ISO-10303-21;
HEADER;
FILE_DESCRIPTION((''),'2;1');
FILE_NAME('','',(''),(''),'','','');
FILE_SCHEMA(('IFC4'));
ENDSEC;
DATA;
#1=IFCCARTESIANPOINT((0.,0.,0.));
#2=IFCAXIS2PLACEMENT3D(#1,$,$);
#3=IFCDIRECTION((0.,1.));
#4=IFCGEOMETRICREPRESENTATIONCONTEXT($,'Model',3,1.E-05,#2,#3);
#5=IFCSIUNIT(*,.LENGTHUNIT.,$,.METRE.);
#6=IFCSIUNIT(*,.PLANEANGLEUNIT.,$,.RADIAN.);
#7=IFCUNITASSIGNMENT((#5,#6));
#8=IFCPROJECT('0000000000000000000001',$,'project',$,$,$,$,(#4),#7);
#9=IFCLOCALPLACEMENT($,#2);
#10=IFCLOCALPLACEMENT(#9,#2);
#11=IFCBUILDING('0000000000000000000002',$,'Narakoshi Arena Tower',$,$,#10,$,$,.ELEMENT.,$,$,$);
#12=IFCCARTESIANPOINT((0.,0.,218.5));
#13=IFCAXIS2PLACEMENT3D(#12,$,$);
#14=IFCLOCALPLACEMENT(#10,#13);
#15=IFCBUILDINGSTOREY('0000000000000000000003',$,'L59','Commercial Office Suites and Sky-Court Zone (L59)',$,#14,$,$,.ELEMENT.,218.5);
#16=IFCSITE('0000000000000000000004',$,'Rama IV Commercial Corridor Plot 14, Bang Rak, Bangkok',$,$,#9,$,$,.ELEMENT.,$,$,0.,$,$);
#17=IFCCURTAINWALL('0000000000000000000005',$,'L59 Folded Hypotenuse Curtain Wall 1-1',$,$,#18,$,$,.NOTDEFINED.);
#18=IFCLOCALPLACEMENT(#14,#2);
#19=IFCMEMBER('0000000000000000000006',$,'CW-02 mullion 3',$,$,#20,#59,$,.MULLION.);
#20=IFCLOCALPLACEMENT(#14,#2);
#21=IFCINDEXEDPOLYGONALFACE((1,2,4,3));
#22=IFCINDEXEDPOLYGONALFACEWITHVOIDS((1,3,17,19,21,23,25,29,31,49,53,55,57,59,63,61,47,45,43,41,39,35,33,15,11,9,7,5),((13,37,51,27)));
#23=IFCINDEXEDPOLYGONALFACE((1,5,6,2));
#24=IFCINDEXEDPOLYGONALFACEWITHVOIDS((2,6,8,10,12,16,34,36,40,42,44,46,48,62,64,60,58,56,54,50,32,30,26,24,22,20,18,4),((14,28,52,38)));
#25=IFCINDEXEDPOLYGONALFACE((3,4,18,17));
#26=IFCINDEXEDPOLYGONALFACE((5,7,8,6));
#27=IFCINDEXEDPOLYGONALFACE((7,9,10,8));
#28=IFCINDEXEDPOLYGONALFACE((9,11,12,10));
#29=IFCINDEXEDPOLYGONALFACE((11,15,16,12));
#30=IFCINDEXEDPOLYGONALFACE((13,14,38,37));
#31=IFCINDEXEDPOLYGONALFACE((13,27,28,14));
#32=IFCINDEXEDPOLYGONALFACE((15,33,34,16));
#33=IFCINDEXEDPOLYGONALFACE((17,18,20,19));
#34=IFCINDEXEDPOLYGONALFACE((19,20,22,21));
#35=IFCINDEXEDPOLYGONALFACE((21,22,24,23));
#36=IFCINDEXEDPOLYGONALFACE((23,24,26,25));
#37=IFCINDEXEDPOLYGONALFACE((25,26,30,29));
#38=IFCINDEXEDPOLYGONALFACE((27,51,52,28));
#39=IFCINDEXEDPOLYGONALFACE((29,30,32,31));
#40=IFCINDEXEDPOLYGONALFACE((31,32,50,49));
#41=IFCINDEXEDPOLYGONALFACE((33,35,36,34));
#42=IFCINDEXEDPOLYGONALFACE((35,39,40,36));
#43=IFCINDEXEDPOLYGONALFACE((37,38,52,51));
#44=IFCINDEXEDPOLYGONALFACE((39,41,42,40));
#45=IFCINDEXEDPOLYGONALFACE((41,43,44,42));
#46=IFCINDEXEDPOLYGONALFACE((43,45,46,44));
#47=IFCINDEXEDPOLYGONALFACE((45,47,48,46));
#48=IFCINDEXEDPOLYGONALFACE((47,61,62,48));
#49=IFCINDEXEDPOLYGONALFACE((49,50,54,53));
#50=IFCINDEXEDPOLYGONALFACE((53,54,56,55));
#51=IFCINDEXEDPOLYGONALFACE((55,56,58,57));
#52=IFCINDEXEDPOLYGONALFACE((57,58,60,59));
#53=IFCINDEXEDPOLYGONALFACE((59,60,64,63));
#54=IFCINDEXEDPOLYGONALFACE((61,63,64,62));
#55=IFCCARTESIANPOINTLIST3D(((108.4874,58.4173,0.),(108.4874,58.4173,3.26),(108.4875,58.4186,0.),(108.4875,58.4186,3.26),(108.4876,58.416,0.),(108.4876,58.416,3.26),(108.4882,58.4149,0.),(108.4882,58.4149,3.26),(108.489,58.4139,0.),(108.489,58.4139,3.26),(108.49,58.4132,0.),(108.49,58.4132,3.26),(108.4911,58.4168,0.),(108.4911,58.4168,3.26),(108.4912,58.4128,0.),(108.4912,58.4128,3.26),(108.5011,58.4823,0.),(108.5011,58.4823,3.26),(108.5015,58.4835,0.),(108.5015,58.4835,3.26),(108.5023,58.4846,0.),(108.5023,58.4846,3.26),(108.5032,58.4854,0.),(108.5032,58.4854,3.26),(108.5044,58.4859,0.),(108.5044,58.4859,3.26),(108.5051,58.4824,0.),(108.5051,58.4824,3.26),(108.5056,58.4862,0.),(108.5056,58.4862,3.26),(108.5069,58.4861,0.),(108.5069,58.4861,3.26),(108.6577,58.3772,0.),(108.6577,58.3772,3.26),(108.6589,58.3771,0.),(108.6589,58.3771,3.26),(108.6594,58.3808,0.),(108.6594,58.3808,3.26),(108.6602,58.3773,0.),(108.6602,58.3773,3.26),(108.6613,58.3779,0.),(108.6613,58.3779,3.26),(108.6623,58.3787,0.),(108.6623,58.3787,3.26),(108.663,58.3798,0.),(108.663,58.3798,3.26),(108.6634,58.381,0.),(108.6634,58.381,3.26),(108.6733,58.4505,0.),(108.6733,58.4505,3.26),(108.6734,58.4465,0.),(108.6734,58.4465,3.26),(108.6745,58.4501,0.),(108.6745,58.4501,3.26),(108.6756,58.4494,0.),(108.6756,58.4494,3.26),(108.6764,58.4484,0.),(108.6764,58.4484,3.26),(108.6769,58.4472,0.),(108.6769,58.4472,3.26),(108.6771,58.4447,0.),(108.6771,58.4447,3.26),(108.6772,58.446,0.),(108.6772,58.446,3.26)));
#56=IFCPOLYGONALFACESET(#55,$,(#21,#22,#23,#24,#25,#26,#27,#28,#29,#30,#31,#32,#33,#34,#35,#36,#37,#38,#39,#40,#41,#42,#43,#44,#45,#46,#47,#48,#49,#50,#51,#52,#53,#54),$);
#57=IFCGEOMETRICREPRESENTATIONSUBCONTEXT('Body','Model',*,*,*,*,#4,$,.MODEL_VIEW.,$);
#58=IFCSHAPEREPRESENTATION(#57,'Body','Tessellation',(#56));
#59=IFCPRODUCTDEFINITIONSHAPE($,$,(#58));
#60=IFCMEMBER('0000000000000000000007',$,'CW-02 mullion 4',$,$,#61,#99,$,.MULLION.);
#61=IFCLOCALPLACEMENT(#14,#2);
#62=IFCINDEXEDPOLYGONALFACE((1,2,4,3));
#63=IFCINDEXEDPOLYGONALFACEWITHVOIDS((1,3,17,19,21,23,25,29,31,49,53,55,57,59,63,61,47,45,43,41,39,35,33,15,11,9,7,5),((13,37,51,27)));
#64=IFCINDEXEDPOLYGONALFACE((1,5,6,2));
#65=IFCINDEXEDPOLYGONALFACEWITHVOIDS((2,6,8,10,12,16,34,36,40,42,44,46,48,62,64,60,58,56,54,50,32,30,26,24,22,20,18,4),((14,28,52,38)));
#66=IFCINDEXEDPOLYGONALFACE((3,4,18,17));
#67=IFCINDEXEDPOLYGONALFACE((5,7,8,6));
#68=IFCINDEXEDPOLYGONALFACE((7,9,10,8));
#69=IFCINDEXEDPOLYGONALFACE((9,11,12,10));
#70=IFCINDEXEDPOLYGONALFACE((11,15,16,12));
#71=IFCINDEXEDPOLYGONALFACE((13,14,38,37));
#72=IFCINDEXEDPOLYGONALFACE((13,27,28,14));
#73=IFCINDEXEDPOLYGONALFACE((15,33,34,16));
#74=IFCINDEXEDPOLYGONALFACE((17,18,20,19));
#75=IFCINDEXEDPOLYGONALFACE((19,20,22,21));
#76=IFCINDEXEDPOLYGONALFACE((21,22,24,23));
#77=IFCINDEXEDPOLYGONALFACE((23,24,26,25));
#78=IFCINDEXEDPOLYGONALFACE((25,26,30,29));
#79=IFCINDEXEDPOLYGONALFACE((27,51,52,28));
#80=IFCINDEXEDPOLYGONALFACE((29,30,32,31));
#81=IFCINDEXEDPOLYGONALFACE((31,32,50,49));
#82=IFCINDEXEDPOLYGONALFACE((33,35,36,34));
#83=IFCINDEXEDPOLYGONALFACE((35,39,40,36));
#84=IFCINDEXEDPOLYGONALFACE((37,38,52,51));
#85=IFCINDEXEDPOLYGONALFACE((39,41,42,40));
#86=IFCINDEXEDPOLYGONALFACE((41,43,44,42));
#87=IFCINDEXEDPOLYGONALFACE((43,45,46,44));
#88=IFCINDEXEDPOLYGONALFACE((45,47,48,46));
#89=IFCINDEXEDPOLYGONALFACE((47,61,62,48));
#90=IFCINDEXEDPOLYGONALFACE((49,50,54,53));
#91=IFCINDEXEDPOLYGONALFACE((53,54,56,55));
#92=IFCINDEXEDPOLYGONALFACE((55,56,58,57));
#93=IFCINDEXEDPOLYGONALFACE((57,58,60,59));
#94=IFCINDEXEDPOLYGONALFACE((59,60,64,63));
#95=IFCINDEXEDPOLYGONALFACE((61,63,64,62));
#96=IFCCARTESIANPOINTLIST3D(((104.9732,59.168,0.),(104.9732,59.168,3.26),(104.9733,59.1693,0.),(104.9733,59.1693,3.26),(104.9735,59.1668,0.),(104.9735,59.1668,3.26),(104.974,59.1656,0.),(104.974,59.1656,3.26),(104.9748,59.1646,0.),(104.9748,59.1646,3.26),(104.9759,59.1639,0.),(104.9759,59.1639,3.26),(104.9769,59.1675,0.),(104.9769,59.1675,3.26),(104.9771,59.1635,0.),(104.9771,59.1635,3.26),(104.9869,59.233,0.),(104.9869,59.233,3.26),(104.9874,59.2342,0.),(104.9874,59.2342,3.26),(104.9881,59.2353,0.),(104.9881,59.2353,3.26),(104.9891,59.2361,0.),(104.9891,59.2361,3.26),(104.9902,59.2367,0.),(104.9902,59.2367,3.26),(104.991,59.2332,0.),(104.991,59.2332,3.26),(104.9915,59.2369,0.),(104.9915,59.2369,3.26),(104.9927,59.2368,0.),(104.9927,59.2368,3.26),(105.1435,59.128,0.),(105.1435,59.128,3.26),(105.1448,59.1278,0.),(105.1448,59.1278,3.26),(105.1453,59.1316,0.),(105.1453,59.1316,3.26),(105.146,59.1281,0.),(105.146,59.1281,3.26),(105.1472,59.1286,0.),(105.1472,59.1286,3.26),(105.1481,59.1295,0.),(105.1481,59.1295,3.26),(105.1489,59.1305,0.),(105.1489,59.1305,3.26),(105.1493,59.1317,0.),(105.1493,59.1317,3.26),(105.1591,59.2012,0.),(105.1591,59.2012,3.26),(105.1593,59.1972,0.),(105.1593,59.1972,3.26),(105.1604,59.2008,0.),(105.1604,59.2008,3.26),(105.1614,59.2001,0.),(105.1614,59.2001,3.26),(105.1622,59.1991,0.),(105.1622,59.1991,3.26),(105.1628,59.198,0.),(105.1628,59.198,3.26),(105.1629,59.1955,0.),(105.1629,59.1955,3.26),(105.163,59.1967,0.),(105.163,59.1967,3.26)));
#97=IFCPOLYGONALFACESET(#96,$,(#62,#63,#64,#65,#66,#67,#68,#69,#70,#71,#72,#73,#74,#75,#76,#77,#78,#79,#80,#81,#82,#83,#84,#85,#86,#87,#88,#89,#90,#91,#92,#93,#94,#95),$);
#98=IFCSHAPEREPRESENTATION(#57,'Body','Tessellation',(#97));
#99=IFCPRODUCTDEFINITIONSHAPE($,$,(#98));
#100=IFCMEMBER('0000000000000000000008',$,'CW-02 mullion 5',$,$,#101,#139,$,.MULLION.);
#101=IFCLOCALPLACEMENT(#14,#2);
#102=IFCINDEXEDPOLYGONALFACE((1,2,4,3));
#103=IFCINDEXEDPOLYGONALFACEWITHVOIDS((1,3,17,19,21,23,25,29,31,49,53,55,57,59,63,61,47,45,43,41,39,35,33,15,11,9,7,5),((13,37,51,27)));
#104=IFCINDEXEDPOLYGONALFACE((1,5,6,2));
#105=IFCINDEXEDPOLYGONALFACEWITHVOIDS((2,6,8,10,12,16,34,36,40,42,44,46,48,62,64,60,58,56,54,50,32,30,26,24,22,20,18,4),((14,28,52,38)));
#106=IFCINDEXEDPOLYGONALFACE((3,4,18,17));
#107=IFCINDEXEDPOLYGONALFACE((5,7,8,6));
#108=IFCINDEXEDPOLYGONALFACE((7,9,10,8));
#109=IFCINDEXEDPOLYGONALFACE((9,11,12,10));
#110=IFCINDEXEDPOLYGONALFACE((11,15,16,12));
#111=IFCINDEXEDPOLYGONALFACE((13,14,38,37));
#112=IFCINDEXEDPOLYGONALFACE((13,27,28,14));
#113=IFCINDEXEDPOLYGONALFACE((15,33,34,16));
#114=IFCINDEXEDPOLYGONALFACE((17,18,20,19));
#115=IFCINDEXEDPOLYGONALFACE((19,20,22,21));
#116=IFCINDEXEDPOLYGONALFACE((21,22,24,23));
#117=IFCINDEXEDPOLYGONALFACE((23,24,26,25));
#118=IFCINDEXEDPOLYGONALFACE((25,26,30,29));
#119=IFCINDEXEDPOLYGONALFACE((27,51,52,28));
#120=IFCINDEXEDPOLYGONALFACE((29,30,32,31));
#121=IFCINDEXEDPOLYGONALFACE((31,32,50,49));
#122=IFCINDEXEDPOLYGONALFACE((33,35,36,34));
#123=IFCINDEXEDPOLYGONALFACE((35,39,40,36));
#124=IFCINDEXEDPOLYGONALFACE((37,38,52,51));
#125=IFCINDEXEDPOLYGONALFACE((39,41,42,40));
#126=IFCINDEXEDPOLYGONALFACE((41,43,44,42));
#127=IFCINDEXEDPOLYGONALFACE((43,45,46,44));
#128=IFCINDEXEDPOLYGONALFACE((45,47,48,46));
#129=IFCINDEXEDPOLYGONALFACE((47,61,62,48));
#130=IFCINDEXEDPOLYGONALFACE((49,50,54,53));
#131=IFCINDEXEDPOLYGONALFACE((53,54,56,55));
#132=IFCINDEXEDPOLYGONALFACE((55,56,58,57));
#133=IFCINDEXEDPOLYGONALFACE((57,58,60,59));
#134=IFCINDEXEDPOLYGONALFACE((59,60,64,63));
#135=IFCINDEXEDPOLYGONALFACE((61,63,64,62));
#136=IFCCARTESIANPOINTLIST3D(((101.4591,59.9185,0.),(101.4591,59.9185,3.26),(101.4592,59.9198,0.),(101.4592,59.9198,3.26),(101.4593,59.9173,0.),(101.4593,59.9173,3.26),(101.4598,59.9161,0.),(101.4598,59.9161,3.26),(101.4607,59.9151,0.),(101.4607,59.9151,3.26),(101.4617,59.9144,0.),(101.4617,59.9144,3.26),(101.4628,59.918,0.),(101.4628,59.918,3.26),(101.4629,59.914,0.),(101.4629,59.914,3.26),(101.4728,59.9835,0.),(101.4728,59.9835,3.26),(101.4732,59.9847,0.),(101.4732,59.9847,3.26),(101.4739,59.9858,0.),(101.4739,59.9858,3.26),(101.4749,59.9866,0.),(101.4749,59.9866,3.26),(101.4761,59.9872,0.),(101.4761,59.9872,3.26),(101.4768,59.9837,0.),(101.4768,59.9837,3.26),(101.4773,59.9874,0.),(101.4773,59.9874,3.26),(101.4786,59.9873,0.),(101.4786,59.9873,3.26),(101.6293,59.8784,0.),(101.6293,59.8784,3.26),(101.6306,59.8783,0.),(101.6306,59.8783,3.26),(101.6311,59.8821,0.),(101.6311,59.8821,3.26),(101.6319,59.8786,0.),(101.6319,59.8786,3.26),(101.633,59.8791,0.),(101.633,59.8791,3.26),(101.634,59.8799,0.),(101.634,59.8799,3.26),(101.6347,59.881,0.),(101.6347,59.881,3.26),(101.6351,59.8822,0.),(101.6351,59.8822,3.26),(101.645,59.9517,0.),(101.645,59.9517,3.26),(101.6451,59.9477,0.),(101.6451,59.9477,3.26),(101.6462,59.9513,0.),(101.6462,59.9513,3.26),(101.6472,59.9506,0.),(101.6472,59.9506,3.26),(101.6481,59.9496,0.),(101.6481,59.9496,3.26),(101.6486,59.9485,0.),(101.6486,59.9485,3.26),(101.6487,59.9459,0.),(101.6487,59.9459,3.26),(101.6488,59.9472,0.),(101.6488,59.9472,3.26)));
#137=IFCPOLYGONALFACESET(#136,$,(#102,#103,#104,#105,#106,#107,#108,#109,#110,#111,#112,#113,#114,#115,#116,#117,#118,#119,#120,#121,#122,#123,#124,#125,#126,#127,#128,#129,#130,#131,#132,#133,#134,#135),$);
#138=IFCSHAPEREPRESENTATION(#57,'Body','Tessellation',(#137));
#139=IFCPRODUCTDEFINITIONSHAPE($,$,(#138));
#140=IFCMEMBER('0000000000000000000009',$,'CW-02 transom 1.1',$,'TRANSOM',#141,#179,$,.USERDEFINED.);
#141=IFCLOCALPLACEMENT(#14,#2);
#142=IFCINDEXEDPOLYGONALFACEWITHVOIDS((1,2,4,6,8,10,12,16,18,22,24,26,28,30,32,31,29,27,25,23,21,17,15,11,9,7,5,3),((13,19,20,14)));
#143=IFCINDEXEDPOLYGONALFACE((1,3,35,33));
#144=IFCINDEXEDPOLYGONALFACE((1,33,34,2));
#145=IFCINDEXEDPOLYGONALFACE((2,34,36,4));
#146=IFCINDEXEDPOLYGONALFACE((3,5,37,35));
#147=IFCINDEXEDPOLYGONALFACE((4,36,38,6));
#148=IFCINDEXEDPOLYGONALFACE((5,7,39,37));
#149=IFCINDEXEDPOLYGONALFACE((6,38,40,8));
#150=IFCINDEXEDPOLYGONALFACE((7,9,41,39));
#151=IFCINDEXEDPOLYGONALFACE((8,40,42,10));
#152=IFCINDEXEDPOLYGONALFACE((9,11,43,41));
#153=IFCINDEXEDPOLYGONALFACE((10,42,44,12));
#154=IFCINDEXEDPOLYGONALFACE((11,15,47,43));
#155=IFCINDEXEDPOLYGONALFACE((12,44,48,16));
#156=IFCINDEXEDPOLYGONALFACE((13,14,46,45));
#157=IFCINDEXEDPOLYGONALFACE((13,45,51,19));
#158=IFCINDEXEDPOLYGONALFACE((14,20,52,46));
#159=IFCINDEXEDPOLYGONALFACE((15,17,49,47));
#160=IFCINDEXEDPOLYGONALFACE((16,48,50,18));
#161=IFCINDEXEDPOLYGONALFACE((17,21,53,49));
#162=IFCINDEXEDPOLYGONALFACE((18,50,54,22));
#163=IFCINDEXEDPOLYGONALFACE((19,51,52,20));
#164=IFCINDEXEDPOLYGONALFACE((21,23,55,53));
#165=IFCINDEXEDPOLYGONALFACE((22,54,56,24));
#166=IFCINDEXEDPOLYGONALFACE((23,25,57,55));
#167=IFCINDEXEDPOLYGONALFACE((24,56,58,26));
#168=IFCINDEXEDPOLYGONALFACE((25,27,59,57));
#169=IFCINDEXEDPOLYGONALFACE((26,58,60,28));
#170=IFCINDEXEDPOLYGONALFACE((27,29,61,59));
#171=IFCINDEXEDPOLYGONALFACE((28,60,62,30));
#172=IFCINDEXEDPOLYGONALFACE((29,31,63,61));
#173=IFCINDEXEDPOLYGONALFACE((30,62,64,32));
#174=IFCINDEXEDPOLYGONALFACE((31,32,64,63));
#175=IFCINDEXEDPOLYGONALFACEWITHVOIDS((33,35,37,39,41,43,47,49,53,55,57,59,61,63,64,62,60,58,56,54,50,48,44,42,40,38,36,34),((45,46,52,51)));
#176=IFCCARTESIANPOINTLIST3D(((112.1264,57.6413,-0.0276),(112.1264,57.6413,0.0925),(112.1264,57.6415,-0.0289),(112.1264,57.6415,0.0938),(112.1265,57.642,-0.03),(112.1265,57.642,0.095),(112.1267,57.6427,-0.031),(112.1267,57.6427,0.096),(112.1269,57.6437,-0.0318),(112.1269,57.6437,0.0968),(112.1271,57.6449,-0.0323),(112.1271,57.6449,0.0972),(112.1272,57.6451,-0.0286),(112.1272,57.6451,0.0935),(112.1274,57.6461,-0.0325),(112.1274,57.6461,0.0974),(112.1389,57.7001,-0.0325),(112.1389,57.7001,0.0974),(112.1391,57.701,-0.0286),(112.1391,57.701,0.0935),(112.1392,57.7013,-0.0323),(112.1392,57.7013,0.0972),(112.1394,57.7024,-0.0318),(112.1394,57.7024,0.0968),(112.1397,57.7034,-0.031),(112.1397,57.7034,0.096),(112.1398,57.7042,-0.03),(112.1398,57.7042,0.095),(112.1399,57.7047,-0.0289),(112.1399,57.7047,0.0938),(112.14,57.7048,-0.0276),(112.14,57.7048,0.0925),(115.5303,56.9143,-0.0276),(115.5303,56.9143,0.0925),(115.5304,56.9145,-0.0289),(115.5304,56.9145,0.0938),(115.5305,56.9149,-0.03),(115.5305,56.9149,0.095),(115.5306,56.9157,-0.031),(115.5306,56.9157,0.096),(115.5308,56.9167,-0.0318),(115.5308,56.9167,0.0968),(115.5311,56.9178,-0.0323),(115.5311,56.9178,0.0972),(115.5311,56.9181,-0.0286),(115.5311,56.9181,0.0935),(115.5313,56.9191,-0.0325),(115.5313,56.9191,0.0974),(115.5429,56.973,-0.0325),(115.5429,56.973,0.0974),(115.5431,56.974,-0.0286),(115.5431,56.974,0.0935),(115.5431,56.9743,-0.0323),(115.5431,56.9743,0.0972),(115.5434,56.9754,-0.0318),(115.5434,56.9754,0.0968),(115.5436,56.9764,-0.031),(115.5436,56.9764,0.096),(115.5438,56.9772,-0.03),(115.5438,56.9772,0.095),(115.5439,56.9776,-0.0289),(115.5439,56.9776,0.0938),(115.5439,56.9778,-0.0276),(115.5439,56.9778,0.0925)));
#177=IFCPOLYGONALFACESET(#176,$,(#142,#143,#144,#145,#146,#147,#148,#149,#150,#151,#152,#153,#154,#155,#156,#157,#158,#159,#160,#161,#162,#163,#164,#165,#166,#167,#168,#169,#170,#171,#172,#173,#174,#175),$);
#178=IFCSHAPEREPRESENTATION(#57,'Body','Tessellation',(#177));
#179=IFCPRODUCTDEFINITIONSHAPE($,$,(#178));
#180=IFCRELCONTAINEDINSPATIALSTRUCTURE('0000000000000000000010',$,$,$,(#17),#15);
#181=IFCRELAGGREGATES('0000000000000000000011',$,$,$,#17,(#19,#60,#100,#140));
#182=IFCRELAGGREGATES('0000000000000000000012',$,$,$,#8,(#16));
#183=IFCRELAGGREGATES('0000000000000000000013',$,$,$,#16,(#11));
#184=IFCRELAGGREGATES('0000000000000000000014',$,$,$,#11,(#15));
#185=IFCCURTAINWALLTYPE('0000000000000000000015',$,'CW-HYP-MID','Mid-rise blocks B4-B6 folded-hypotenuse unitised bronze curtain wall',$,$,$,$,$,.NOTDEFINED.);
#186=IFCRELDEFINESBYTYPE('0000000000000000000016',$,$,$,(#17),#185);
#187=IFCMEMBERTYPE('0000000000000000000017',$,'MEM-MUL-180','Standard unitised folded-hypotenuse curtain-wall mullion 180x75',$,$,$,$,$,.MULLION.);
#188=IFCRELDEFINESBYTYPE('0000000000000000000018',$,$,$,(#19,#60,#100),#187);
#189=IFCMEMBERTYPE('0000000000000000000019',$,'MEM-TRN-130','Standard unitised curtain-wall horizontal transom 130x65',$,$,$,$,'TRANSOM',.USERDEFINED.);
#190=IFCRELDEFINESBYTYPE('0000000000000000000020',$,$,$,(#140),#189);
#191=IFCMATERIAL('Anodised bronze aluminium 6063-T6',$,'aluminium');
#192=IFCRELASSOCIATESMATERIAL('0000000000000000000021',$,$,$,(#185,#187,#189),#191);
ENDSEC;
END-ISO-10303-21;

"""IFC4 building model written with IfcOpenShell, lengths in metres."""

from ifc_helpers import new_model, si_unit, direction, frame, origin, origin_2d, place, context, subcontext, project, spatial, hollow_rectangle, extrude, material, material_profile, profile_set, type_object, element, aggregate, save


model = new_model("IFC4")

# Units and contexts
model_context = context("Model", 3, precision=1e-05, world=origin(), true_north=direction((0.0, 1.0)))
body_context = subcontext(model_context, "Body", "Model", "MODEL_VIEW")
ifc_project = project(units=[si_unit("LENGTHUNIT", "METRE"), si_unit("PLANEANGLEUNIT", "RADIAN")], contexts=[model_context])

# Site, building, storey
site_placement = place(None, origin())
site = spatial("IfcSite", under=ifc_project, at=site_placement, Name="Rama IV Commercial Corridor Plot 14, Bang Rak, Bangkok", CompositionType="ELEMENT", RefElevation=0.0)
building_placement = place(site_placement, origin())
building = spatial("IfcBuilding", under=site, at=building_placement, Name="Narakoshi Arena Tower", CompositionType="ELEMENT")
storey_placement = place(building_placement, frame((0.0, 0.0, 218.5)))
storey = spatial("IfcBuildingStorey", under=building, at=storey_placement, Name="L59", Description="Commercial Office Suites and Sky-Court Zone (L59)", CompositionType="ELEMENT", Elevation=218.5)

# Curtain wall, members
ifc_material_1 = material(Name="Anodised bronze aluminium 6063-T6", Category="aluminium")
curtain_wall_type = type_object("IfcCurtainWallType", Name="CW-HYP-MID", Description="Mid-rise blocks B4-B6 folded-hypotenuse unitised bronze curtain wall", PredefinedType="NOTDEFINED", material=ifc_material_1)
curtain_wall_placement = place(storey_placement, origin())
curtain_wall = element("IfcCurtainWall", 1, at=curtain_wall_placement, inside=storey, type_object=curtain_wall_type, Name="L59 Folded Hypotenuse Curtain Wall 1-1", PredefinedType="NOTDEFINED")
ifc_material_profile_1 = material_profile(ifc_material_1, hollow_rectangle(XDim=0.075, YDim=0.1799, WallThickness=0.0039, OuterFilletRadius=0.0049, at=origin_2d()), Name="MUL180x75x4")
ifc_profile_set_1 = profile_set([ifc_material_profile_1], Name="Anodised bronze aluminium 6063-T6")
member_type_1 = type_object("IfcMemberType", Name="MEM-MUL-180", Description="Standard unitised folded-hypotenuse curtain-wall mullion 180x75", PredefinedType="MULLION", material=ifc_profile_set_1)
member_1_placement = place(storey_placement, frame((108.5823, 58.4316, 0.0), z_axis=(0.0, 0.0, 1.0), x_axis=(-0.208899, -0.977937, 0.0)))
member_1 = element("IfcMember", 2, at=member_1_placement, type_object=member_type_1, Name="CW-02 mullion 3", PredefinedType="MULLION", context=body_context, shape_type="SweptSolid", body=[
    extrude(hollow_rectangle(XDim=0.075, YDim=0.1799, WallThickness=0.0039, OuterFilletRadius=0.0049, at=origin_2d()), origin(), (0.0, 0.0, 1.0), 3.26),
])
member_2_placement = place(storey_placement, frame((105.0681, 59.1824, 0.0), z_axis=(0.0, 0.0, 1.0), x_axis=(-0.208899, -0.977937, 0.0)))
member_2 = element("IfcMember", 3, at=member_2_placement, type_object=member_type_1, Name="CW-02 mullion 4", PredefinedType="MULLION", context=body_context, shape_type="SweptSolid", body=[
    extrude(hollow_rectangle(XDim=0.075, YDim=0.1799, WallThickness=0.0039, OuterFilletRadius=0.0049, at=origin_2d()), origin(), (0.0, 0.0, 1.0), 3.26),
])
member_3_placement = place(storey_placement, frame((101.554, 59.9329, 0.0), z_axis=(0.0, 0.0, 1.0), x_axis=(-0.208899, -0.977937, 0.0)))
member_3 = element("IfcMember", 4, at=member_3_placement, type_object=member_type_1, Name="CW-02 mullion 5", PredefinedType="MULLION", context=body_context, shape_type="SweptSolid", body=[
    extrude(hollow_rectangle(XDim=0.075, YDim=0.1799, WallThickness=0.0039, OuterFilletRadius=0.0049, at=origin_2d()), origin(), (0.0, 0.0, 1.0), 3.26),
])
ifc_material_profile_2 = material_profile(ifc_material_1, hollow_rectangle(XDim=0.0649, YDim=0.1299, WallThickness=0.0039, OuterFilletRadius=0.0049, at=origin_2d()), Name="TRN130x65x4")
ifc_profile_set_2 = profile_set([ifc_material_profile_2], Name="Anodised bronze aluminium 6063-T6")
member_type_2 = type_object("IfcMemberType", Name="MEM-TRN-130", Description="Standard unitised curtain-wall horizontal transom 130x65", ElementType="TRANSOM", PredefinedType="USERDEFINED", material=ifc_profile_set_2)
member_4_placement = place(storey_placement, frame((115.5371, 56.946, 0.0325), z_axis=(-0.977943, 0.208873, 0.0), x_axis=(-0.208873, -0.977943, 0.0)))
member_4 = element("IfcMember", 5, at=member_4_placement, type_object=member_type_2, Name="CW-02 transom 1.1", ObjectType="TRANSOM", PredefinedType="USERDEFINED", context=body_context, shape_type="SweptSolid", body=[
    extrude(hollow_rectangle(XDim=0.0649, YDim=0.1299, WallThickness=0.0039, OuterFilletRadius=0.0049, at=origin_2d()), origin(), (0.0, 0.0, 1.0), 3.4807),
])
aggregate(curtain_wall, [member_1, member_2, member_3, member_4])

save(model, "model.ifc")
